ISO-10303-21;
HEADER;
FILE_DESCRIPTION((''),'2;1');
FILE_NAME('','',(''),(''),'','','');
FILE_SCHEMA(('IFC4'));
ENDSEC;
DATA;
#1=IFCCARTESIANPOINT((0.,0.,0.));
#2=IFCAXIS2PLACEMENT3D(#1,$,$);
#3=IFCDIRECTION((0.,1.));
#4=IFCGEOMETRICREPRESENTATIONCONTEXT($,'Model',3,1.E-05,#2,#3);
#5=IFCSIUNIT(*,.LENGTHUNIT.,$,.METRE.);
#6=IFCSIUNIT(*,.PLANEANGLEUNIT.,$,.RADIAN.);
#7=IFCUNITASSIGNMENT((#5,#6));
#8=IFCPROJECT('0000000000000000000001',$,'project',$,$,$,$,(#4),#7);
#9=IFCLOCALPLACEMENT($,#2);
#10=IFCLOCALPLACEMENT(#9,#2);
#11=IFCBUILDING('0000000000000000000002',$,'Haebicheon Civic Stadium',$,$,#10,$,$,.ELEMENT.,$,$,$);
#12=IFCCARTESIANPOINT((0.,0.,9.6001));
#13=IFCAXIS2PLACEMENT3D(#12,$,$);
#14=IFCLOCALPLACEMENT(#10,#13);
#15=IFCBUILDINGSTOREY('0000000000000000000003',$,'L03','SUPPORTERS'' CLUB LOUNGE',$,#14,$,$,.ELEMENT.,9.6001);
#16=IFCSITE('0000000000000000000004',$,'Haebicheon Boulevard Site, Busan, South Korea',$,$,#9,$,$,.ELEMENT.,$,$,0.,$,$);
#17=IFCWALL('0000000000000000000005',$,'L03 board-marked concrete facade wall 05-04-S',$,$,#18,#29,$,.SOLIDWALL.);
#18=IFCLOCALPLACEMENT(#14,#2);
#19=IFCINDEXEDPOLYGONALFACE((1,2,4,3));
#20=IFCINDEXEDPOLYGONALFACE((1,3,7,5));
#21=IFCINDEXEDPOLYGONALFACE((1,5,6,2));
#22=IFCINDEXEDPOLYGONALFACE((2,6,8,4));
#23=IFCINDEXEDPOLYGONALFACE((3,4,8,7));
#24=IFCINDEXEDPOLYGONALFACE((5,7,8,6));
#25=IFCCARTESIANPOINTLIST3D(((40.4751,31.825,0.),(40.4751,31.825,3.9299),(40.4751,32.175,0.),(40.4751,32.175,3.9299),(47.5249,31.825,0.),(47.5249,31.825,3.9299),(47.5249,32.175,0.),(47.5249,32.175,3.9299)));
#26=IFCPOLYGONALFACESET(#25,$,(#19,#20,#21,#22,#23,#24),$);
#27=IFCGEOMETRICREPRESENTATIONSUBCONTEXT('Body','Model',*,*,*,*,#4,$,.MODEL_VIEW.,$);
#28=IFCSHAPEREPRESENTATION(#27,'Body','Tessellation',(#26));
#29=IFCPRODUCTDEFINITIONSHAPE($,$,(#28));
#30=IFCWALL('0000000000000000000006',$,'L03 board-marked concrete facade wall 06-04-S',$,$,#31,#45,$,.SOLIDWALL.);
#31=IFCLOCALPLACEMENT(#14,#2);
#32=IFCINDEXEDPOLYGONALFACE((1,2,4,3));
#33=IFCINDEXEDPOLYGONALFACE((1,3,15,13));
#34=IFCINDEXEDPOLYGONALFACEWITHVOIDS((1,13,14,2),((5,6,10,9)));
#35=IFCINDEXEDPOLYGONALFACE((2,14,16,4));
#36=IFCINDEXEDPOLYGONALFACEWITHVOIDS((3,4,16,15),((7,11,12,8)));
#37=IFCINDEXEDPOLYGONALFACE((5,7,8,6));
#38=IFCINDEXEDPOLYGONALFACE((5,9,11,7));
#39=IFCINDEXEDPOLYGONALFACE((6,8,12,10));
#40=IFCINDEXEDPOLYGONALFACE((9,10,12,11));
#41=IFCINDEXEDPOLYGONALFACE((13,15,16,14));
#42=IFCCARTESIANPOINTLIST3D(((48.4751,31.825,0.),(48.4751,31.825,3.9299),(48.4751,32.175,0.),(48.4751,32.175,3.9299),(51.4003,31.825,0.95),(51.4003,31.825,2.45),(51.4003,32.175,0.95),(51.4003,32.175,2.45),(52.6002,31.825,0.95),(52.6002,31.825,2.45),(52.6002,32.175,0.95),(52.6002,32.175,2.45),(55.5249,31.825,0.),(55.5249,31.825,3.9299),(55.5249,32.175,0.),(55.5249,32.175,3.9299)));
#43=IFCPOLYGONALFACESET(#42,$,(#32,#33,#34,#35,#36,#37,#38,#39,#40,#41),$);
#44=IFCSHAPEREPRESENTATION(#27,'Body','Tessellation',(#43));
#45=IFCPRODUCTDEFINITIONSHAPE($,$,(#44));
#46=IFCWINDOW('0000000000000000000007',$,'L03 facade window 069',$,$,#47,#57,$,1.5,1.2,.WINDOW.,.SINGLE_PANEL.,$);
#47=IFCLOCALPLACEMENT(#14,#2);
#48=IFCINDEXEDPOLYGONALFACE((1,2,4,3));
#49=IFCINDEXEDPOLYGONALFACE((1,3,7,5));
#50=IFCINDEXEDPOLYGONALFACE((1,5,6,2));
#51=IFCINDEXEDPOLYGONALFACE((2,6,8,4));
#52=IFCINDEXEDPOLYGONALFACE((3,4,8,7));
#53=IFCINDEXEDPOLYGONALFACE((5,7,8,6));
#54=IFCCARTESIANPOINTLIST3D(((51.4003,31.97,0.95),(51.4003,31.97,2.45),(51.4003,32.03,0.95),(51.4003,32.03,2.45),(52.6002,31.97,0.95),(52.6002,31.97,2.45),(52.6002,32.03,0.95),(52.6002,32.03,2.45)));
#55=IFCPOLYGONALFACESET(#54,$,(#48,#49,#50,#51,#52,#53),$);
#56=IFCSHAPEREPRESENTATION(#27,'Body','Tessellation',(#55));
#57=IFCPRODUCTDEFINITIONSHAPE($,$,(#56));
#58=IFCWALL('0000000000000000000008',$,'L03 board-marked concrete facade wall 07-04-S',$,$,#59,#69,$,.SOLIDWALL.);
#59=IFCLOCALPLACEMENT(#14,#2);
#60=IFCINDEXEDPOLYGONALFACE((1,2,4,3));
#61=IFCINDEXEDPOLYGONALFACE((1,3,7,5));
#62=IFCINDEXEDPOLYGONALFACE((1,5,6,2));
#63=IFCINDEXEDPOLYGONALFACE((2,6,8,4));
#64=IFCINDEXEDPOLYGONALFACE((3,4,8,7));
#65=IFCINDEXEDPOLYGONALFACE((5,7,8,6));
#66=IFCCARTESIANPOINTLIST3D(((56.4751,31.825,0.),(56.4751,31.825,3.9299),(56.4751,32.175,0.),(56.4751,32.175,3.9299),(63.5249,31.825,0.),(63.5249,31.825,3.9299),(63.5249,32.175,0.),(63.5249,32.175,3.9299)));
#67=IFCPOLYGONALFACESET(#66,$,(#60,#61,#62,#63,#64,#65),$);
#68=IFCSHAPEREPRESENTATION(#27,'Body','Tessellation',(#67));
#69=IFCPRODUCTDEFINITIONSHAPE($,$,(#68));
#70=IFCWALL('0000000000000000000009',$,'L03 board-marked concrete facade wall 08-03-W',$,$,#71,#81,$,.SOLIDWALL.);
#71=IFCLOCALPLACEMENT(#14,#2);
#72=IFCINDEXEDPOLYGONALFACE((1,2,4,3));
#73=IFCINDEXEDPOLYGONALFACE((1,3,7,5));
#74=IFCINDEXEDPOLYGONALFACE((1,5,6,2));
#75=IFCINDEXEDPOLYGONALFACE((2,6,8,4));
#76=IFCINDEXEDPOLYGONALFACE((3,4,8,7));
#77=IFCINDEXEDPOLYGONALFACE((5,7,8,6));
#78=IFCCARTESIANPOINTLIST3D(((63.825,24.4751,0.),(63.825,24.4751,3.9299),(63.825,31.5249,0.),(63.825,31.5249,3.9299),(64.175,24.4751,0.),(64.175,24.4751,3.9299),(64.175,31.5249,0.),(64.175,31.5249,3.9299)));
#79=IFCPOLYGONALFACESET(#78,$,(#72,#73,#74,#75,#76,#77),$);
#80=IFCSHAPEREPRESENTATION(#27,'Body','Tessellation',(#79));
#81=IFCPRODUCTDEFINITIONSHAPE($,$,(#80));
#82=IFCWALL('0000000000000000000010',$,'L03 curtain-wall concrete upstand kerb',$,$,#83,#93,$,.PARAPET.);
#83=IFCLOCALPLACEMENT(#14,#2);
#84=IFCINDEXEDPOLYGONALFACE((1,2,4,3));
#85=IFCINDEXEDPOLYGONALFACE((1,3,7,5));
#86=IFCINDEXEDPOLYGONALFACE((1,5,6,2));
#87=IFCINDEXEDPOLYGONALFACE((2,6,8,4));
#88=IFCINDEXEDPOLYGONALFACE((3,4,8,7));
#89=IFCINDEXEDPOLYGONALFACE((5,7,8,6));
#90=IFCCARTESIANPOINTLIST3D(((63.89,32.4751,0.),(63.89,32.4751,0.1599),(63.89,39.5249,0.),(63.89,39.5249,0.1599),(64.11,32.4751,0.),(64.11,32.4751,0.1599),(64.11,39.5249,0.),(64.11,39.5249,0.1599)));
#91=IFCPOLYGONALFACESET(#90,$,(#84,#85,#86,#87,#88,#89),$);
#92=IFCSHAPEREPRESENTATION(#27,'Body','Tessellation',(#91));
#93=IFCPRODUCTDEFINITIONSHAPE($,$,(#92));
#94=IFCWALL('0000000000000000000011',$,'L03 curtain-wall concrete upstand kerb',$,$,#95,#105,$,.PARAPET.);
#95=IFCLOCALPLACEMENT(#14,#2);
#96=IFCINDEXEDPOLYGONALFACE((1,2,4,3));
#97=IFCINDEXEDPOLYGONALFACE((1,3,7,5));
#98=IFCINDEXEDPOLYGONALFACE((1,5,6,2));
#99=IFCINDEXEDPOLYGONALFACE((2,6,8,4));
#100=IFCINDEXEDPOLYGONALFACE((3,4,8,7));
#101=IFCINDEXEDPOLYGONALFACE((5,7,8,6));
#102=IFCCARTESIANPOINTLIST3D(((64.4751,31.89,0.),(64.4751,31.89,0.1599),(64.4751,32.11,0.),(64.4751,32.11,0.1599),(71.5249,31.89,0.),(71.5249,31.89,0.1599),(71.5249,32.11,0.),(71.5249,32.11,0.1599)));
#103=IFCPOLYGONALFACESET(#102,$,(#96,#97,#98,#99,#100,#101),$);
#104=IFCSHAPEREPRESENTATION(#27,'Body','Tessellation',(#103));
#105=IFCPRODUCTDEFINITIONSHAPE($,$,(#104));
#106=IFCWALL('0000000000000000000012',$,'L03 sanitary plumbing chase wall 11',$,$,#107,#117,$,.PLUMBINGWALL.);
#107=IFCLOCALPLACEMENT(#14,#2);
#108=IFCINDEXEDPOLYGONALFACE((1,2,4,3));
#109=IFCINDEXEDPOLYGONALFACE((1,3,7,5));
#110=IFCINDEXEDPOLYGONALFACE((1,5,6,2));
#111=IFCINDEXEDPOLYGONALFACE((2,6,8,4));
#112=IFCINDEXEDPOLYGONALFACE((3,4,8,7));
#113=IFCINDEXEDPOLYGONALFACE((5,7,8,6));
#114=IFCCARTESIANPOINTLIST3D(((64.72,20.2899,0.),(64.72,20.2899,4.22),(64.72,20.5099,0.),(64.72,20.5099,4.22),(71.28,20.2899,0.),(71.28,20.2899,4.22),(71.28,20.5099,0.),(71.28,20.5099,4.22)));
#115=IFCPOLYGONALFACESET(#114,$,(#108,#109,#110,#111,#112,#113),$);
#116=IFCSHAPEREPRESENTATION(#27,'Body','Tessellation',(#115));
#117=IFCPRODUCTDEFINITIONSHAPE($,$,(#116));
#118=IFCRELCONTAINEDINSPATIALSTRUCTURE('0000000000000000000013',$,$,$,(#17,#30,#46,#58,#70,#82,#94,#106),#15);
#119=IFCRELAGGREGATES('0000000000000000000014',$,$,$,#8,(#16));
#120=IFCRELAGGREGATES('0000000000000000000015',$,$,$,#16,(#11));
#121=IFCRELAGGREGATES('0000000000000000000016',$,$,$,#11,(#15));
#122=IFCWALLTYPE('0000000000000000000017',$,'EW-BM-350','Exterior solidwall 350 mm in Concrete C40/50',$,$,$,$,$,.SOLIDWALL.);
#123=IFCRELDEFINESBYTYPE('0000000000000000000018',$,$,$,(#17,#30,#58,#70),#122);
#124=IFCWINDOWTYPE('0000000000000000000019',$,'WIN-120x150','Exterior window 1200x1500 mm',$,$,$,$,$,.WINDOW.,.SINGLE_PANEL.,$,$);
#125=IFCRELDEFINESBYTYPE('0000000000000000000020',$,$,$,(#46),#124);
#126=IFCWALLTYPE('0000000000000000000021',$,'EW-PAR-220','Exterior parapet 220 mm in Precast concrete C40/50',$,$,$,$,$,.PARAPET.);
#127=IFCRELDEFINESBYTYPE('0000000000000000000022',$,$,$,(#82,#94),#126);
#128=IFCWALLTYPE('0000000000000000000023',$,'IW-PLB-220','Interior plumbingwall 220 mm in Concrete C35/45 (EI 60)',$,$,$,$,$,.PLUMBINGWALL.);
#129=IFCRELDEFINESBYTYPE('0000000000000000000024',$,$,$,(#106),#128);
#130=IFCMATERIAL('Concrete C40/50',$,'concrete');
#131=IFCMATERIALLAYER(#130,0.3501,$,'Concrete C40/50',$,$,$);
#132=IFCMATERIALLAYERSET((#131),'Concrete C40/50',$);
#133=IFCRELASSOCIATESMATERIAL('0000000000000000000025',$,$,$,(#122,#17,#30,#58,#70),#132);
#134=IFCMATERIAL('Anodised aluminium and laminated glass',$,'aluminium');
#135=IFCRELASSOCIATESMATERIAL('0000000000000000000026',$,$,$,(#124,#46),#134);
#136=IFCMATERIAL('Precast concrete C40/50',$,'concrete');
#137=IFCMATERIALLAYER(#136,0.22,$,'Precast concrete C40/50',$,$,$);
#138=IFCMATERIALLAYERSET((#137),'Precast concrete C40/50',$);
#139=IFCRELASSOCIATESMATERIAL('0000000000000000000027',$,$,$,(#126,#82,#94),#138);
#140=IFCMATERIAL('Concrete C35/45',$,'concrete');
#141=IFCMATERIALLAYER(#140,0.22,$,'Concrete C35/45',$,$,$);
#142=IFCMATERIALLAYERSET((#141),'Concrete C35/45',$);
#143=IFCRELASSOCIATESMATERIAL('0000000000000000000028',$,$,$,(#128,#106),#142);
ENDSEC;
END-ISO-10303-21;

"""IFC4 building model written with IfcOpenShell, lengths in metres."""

from ifc_helpers import new_model, si_unit, direction, frame, frame_2d, origin, place, context, subcontext, project, spatial, rectangle, extrude, material, layer, layer_set, type_object, element, fill, save


model = new_model("IFC4")

# Units and contexts
model_context = context("Model", 3, precision=1e-05, world=origin(), true_north=direction((0.0, 1.0)))
body_context = subcontext(model_context, "Body", "Model", "MODEL_VIEW")
ifc_project = project(units=[si_unit("LENGTHUNIT", "METRE"), si_unit("PLANEANGLEUNIT", "RADIAN")], contexts=[model_context])

# Site, building, storey
site_placement = place(None, origin())
site = spatial("IfcSite", under=ifc_project, at=site_placement, Name="Haebicheon Boulevard Site, Busan, South Korea", CompositionType="ELEMENT", RefElevation=0.0)
building_placement = place(site_placement, origin())
building = spatial("IfcBuilding", under=site, at=building_placement, Name="Haebicheon Civic Stadium", CompositionType="ELEMENT")
storey_placement = place(building_placement, frame((0.0, 0.0, 9.6001)))
storey = spatial("IfcBuildingStorey", under=building, at=storey_placement, Name="L03", Description="SUPPORTERS' CLUB LOUNGE", CompositionType="ELEMENT", Elevation=9.6001)

# Wall
ifc_material_1 = material(Name="Concrete C40/50", Category="concrete")
ifc_layer_1 = layer(ifc_material_1, 0.3501, Name="Concrete C40/50")
ifc_layer_set_1 = layer_set([ifc_layer_1], Name="Concrete C40/50")
wall_type_1 = type_object("IfcWallType", Name="EW-BM-350", Description="Exterior solidwall 350 mm in Concrete C40/50", PredefinedType="SOLIDWALL", material=ifc_layer_set_1)
wall_1_placement = place(storey_placement, frame((40.4751, 32.0, 0.0), z_axis=(0.0, 0.0, 1.0), x_axis=(1.0, 0.0, 0.0)))
element("IfcWall", 1, at=wall_1_placement, inside=storey, type_object=wall_type_1, material=ifc_layer_set_1, Name="L03 board-marked concrete facade wall 05-04-S", PredefinedType="SOLIDWALL", context=body_context, shape_type="SweptSolid", body=[
    extrude(rectangle(XDim=7.0498, YDim=0.3501, at=frame_2d((3.5249, 0.0))), origin(), (0.0, 0.0, 1.0), 3.9299),
])

# Wall, opening, window
wall_2_placement = place(storey_placement, frame((48.4751, 32.0, 0.0), z_axis=(0.0, 0.0, 1.0), x_axis=(1.0, 0.0, 0.0)))
wall_2 = element("IfcWall", 2, at=wall_2_placement, inside=storey, type_object=wall_type_1, material=ifc_layer_set_1, Name="L03 board-marked concrete facade wall 06-04-S", PredefinedType="SOLIDWALL", context=body_context, shape_type="SweptSolid", body=[
    extrude(rectangle(XDim=7.0498, YDim=0.3501, at=frame_2d((3.5249, 0.0))), origin(), (0.0, 0.0, 1.0), 3.9299),
])
opening_placement = place(wall_2_placement, frame((2.925, 0.0, 0.95)))
opening = element("IfcOpeningElement", 3, at=opening_placement, cuts=wall_2, PredefinedType="OPENING", context=body_context, shape_type="SweptSolid", body=[
    extrude(rectangle(XDim=1.2, YDim=1.5, at=frame_2d((0.6001, 0.75))), frame((0.0, 0.1851, 0.0), z_axis=(0.0, -1.0, 0.0), x_axis=(1.0, 0.0, 0.0)), (0.0, 0.0, 1.0), 0.3701),
])
ifc_material_2 = material(Name="Anodised aluminium and laminated glass", Category="aluminium")
window_type = type_object("IfcWindowType", Name="WIN-120x150", Description="Exterior window 1200x1500 mm", PartitioningType="SINGLE_PANEL", PredefinedType="WINDOW", material=ifc_material_2)
window_placement = place(opening_placement, origin())
window = element("IfcWindow", 4, at=window_placement, inside=storey, type_object=window_type, material=ifc_material_2, Name="L03 facade window 069", OverallHeight=1.5, OverallWidth=1.2, PartitioningType="SINGLE_PANEL", PredefinedType="WINDOW", context=body_context, shape_type="SweptSolid", body=[
    extrude(rectangle(XDim=1.2, YDim=1.5, at=frame_2d((0.6001, 0.75))), frame((0.0, 0.03, 0.0), z_axis=(0.0, -1.0, 0.0), x_axis=(1.0, 0.0, 0.0)), (0.0, 0.0, 1.0), 0.0601),
])
fill(opening, window)

# Walls
for number, where, z_axis, x_axis, name in (
    (5, (56.4751, 32.0, 0.0), (0.0, 0.0, 1.0), (1.0, 0.0, 0.0), "L03 board-marked concrete facade wall 07-04-S"),
    (6, (64.0, 24.4751, 0.0), (0.0, 0.0, 1.0), (0.0, 1.0, 0.0), "L03 board-marked concrete facade wall 08-03-W"),
):
    element("IfcWall", number, at=place(storey_placement, frame(where, z_axis=z_axis, x_axis=x_axis)), inside=storey, type_object=wall_type_1, material=ifc_layer_set_1, Name=name, PredefinedType="SOLIDWALL", context=body_context, shape_type="SweptSolid", body=[
        extrude(rectangle(XDim=7.0498, YDim=0.3501, at=frame_2d((3.5249, 0.0))), origin(), (0.0, 0.0, 1.0), 3.9299),
    ])
ifc_material_3 = material(Name="Precast concrete C40/50", Category="concrete")
ifc_layer_2 = layer(ifc_material_3, 0.22, Name="Precast concrete C40/50")
ifc_layer_set_2 = layer_set([ifc_layer_2], Name="Precast concrete C40/50")
wall_type_2 = type_object("IfcWallType", Name="EW-PAR-220", Description="Exterior parapet 220 mm in Precast concrete C40/50", PredefinedType="PARAPET", material=ifc_layer_set_2)
for number, where, z_axis, x_axis, name in (
    (7, (64.0, 32.4751, 0.0), (0.0, 0.0, 1.0), (0.0, 1.0, 0.0), "L03 curtain-wall concrete upstand kerb"),
    (8, (64.4751, 32.0, 0.0), (0.0, 0.0, 1.0), (1.0, 0.0, 0.0), "L03 curtain-wall concrete upstand kerb"),
):
    element("IfcWall", number, at=place(storey_placement, frame(where, z_axis=z_axis, x_axis=x_axis)), inside=storey, type_object=wall_type_2, material=ifc_layer_set_2, Name=name, PredefinedType="PARAPET", context=body_context, shape_type="SweptSolid", body=[
        extrude(rectangle(XDim=7.0498, YDim=0.22, at=frame_2d((3.5249, 0.0))), origin(), (0.0, 0.0, 1.0), 0.1599),
    ])
ifc_material_4 = material(Name="Concrete C35/45", Category="concrete")
ifc_layer_3 = layer(ifc_material_4, 0.22, Name="Concrete C35/45")
ifc_layer_set_3 = layer_set([ifc_layer_3], Name="Concrete C35/45")
wall_type_3 = type_object("IfcWallType", Name="IW-PLB-220", Description="Interior plumbingwall 220 mm in Concrete C35/45 (EI 60)", PredefinedType="PLUMBINGWALL", material=ifc_layer_set_3)
wall_3_placement = place(storey_placement, frame((64.72, 20.3999, 0.0), z_axis=(0.0, 0.0, 1.0), x_axis=(1.0, 0.0, 0.0)))
element("IfcWall", 9, at=wall_3_placement, inside=storey, type_object=wall_type_3, material=ifc_layer_set_3, Name="L03 sanitary plumbing chase wall 11", PredefinedType="PLUMBINGWALL", context=body_context, shape_type="SweptSolid", body=[
    extrude(rectangle(XDim=6.5601, YDim=0.22, at=frame_2d((3.28, 0.0))), origin(), (0.0, 0.0, 1.0), 4.22),
])

save(model, "model.ifc")
